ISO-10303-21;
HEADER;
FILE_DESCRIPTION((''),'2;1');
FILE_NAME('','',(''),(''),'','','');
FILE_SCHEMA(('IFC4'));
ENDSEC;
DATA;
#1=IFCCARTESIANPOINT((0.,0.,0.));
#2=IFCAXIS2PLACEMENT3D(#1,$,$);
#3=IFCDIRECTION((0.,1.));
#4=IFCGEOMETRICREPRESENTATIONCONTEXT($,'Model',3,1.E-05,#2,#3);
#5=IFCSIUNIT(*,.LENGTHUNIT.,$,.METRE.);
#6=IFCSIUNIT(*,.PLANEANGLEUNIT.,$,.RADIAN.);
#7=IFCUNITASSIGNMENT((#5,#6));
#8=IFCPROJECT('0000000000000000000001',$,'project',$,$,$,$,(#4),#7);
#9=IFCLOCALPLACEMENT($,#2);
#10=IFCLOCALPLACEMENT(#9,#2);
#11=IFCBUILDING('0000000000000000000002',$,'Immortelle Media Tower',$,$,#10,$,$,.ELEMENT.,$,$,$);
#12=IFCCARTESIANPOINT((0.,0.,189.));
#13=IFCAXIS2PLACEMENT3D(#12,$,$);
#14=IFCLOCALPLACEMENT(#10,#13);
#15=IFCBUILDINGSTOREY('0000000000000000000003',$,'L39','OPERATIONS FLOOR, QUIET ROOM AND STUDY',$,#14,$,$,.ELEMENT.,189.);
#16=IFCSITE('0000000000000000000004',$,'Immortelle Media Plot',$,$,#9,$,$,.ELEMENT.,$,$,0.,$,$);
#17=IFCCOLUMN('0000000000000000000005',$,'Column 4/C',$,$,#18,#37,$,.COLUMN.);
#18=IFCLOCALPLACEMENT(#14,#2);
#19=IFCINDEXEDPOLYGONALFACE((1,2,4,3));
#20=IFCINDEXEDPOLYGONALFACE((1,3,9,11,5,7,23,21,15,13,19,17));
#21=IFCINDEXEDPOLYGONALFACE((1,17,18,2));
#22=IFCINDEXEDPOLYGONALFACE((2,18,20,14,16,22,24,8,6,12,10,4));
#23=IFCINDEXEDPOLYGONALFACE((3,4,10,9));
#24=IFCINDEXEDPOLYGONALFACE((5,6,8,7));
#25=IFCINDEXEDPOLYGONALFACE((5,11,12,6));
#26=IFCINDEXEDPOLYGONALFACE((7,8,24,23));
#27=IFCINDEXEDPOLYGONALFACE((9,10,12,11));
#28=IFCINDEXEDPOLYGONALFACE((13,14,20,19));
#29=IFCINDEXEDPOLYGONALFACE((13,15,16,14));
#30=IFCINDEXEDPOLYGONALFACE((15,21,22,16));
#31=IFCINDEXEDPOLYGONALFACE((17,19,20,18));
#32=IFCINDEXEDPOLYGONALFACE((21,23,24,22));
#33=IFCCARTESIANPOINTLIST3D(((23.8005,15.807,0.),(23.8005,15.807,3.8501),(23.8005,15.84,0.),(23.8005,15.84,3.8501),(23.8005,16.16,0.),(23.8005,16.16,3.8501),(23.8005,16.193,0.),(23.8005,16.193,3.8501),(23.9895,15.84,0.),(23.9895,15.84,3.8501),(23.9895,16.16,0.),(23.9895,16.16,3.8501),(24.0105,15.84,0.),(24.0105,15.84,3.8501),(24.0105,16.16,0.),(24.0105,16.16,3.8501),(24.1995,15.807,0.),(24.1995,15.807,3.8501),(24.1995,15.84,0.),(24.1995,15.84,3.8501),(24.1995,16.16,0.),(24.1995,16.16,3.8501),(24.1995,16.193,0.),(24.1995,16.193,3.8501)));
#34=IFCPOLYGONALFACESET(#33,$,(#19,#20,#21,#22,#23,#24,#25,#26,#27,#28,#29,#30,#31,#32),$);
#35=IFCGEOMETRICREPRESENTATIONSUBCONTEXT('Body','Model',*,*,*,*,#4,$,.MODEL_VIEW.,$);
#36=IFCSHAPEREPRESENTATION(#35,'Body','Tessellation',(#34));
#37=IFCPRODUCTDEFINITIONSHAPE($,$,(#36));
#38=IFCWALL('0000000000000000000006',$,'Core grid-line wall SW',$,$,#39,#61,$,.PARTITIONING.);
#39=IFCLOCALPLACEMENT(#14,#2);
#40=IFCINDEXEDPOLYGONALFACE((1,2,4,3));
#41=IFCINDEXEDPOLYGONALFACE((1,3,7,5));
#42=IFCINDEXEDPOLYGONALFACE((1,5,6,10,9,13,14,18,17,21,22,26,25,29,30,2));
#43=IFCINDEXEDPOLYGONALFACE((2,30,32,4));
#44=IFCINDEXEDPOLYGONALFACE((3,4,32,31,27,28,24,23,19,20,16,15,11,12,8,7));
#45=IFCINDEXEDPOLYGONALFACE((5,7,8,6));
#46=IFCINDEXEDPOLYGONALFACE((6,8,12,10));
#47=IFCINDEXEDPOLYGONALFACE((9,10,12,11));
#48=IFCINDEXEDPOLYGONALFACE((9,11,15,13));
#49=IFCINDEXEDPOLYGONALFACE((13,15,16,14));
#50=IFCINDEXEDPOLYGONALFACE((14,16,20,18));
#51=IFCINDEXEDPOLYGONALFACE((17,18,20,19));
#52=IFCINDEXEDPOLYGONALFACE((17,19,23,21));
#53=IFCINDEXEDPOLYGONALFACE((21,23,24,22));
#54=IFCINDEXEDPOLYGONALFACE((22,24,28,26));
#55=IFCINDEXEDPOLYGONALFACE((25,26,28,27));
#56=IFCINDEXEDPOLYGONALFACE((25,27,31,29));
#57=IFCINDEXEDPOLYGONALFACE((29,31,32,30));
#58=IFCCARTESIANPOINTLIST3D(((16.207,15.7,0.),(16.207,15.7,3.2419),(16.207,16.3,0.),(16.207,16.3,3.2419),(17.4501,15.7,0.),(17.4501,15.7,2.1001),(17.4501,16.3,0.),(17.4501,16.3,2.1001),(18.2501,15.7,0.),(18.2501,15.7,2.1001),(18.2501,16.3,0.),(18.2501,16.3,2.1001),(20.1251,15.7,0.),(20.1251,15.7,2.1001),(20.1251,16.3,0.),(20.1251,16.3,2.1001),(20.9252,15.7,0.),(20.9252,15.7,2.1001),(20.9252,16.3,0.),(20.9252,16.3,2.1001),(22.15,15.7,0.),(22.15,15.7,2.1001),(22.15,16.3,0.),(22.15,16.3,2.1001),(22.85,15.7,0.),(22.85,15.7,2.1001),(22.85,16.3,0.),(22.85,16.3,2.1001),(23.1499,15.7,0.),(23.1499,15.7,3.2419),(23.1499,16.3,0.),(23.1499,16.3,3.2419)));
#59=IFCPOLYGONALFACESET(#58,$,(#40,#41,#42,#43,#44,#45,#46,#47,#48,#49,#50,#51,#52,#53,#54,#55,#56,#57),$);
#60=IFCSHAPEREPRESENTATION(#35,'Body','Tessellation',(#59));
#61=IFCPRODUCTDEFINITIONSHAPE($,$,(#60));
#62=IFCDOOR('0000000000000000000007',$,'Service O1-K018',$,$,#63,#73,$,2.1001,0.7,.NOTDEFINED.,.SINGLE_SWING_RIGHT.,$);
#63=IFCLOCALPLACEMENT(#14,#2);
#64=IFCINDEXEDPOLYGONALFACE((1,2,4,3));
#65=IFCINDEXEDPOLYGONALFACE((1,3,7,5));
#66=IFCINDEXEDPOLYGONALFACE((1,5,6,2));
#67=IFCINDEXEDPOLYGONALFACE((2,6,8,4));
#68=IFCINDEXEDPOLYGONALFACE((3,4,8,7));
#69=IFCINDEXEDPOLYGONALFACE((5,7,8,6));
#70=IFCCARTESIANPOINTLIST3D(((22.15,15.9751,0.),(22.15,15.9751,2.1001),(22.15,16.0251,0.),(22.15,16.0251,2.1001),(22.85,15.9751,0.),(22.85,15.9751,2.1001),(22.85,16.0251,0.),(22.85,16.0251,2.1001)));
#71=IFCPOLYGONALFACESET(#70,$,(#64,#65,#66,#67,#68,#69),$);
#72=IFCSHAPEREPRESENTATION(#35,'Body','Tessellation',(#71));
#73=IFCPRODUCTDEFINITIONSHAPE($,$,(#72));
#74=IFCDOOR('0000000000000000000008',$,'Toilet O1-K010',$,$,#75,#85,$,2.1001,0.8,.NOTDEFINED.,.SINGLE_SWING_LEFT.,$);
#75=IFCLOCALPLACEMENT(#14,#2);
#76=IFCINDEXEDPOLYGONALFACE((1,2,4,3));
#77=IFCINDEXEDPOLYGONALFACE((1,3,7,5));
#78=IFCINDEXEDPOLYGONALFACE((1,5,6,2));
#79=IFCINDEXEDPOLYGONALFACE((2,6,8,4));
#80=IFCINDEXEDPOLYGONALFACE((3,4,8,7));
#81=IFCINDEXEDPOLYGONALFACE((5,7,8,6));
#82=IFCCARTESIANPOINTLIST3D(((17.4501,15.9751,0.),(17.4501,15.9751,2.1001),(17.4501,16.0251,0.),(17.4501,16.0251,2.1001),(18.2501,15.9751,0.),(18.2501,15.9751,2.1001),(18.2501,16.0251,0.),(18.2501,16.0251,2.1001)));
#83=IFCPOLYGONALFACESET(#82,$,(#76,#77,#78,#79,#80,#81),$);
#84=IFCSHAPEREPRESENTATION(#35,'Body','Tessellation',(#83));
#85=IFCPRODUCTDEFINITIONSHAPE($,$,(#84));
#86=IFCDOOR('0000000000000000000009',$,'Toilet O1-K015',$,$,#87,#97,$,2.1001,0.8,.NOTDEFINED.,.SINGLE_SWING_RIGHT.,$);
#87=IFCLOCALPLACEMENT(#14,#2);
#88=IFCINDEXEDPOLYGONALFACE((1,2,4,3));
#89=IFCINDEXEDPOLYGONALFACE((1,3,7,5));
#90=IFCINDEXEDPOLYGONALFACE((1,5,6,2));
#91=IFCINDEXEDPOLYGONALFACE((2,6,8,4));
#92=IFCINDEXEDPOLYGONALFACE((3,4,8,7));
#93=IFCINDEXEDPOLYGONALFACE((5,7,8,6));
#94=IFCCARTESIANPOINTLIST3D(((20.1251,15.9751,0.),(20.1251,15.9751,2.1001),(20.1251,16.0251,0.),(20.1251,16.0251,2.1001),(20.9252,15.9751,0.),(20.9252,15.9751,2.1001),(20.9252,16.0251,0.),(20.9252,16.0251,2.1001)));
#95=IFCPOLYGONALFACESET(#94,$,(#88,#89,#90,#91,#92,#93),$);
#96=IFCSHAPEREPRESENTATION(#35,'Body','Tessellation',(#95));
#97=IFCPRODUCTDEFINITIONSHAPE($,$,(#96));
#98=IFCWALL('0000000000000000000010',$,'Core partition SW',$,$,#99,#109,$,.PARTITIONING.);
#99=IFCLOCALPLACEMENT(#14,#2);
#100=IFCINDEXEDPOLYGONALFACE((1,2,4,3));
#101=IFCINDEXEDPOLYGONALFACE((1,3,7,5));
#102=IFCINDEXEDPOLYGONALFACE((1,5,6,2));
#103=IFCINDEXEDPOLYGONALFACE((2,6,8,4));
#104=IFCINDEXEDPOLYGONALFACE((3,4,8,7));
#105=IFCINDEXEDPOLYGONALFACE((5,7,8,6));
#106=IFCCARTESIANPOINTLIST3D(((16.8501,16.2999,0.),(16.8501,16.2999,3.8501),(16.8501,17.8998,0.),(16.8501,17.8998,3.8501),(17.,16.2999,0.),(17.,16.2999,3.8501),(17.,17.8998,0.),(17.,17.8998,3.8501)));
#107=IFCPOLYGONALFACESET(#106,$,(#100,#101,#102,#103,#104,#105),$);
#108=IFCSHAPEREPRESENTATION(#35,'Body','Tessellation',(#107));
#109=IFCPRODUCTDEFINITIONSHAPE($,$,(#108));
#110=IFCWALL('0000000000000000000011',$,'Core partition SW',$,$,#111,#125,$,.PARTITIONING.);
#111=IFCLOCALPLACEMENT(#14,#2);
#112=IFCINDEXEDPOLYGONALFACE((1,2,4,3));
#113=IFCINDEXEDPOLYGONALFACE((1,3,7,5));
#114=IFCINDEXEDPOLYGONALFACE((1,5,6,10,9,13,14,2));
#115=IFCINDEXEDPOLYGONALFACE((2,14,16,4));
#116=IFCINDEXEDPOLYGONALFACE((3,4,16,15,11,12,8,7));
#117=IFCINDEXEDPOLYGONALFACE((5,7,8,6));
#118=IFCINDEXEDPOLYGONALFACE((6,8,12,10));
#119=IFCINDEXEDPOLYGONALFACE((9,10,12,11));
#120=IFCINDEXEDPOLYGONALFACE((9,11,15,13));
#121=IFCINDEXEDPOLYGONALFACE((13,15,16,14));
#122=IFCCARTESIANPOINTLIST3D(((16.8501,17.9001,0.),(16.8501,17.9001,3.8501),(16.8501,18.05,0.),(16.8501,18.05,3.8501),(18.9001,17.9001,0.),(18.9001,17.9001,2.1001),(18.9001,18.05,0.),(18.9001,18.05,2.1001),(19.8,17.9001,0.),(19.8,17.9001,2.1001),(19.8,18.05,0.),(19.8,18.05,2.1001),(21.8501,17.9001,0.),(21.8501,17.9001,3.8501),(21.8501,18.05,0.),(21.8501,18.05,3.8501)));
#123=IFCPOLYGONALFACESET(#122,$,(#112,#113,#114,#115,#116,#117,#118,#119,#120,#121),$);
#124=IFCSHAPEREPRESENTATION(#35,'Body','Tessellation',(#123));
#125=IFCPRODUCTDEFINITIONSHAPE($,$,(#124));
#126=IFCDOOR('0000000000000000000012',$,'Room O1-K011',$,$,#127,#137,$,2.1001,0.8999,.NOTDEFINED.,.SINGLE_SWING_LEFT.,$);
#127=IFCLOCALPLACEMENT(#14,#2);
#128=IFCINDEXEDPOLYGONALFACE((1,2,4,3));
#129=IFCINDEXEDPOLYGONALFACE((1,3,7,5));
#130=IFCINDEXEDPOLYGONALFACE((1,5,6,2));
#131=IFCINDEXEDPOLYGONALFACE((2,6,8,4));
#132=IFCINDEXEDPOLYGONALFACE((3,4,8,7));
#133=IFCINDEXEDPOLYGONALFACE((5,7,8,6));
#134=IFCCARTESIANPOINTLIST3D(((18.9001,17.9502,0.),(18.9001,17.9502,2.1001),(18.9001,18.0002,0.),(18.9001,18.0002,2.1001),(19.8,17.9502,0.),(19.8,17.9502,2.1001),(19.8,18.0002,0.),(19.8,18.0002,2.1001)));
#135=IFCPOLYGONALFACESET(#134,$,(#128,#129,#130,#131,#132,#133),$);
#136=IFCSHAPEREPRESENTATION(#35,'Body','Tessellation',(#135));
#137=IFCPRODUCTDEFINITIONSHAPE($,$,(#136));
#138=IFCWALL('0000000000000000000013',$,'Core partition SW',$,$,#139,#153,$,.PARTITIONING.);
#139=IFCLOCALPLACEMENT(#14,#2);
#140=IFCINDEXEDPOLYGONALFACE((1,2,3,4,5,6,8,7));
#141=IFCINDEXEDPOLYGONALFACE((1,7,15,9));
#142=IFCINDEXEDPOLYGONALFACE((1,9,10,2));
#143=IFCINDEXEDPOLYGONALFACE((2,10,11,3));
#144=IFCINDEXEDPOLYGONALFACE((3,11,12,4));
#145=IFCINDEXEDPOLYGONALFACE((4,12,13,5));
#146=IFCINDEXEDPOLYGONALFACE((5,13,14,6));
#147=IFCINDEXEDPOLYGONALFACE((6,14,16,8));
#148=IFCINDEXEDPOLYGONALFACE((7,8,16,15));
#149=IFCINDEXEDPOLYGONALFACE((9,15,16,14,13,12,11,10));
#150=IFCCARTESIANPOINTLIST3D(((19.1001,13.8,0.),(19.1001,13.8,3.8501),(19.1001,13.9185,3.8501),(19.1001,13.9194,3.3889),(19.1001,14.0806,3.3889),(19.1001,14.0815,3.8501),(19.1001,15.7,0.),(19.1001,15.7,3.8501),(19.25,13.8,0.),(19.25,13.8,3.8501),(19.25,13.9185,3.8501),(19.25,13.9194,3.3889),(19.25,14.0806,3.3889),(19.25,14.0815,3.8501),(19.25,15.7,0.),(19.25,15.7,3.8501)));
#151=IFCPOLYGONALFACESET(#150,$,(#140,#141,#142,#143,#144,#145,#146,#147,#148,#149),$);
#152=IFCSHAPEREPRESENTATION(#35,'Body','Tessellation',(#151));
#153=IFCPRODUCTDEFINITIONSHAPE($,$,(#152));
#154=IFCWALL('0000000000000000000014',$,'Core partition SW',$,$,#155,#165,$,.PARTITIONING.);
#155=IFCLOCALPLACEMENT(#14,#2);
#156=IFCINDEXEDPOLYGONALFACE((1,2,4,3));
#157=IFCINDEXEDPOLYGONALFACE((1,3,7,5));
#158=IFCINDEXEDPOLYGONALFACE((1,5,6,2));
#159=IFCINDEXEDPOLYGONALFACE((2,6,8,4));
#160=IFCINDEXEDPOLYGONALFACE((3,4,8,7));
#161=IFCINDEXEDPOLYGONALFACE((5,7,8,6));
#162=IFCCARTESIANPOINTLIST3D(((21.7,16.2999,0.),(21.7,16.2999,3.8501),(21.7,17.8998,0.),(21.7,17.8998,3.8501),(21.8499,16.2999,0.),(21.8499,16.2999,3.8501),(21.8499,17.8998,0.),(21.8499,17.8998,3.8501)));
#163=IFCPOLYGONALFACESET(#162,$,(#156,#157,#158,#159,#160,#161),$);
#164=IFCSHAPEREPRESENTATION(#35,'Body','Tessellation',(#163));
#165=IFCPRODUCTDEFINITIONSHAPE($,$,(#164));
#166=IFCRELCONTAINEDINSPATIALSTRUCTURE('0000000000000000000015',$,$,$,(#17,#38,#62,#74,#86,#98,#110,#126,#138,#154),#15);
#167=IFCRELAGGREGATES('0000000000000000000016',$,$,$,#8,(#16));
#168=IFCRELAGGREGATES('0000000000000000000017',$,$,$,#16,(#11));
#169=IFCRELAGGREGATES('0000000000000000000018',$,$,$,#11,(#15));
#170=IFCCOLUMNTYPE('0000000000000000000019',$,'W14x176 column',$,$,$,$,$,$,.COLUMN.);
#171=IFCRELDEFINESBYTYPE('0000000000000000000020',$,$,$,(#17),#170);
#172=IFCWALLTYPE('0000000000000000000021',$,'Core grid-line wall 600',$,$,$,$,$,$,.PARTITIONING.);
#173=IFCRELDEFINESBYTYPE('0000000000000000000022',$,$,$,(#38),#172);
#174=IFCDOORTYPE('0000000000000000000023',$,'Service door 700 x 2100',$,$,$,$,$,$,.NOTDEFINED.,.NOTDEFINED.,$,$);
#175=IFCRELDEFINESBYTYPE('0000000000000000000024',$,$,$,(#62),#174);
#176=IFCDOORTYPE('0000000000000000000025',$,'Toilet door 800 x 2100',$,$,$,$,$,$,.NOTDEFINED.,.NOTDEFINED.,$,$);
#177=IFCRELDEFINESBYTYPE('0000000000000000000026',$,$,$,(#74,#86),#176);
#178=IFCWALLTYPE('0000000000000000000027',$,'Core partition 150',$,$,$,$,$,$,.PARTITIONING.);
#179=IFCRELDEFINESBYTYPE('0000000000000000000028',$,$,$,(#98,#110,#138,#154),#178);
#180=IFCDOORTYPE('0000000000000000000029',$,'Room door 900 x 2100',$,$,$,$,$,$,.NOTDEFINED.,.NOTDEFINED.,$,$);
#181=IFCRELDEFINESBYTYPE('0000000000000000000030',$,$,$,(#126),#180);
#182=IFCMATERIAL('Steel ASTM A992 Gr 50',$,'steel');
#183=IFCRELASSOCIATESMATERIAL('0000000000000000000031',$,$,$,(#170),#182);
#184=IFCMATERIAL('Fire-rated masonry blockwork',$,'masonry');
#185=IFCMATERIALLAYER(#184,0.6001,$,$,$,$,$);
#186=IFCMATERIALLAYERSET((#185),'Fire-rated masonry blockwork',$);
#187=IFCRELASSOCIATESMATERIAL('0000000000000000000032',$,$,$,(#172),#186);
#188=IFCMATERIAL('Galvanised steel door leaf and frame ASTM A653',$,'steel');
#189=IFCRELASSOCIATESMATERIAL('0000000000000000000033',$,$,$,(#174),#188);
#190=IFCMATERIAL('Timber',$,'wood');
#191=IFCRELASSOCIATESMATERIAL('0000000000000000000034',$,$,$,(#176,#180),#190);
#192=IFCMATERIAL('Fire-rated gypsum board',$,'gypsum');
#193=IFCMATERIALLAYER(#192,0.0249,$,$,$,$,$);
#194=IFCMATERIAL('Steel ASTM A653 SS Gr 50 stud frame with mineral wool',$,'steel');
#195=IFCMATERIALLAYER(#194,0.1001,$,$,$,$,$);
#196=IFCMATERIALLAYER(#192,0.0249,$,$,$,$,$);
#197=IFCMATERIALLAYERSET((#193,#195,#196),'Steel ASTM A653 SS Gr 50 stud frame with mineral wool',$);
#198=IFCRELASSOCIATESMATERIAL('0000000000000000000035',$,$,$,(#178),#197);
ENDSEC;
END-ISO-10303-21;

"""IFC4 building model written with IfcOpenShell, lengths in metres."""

from ifc_helpers import new_model, si_unit, direction, frame, frame_2d, origin, origin_2d, place, context, subcontext, project, spatial, polyline, rectangle, i_section, outline, extrude, material, layer, layer_set, material_profile, profile_set, type_object, element, fill, save


model = new_model("IFC4")

# Units and contexts
model_context = context("Model", 3, precision=1e-05, world=origin(), true_north=direction((0.0, 1.0)))
body_context = subcontext(model_context, "Body", "Model", "MODEL_VIEW")
ifc_project = project(units=[si_unit("LENGTHUNIT", "METRE"), si_unit("PLANEANGLEUNIT", "RADIAN")], contexts=[model_context])

# Site, building, storey
site_placement = place(None, origin())
site = spatial("IfcSite", under=ifc_project, at=site_placement, Name="Immortelle Media Plot", CompositionType="ELEMENT", RefElevation=0.0)
building_placement = place(site_placement, origin())
building = spatial("IfcBuilding", under=site, at=building_placement, Name="Immortelle Media Tower", CompositionType="ELEMENT")
storey_placement = place(building_placement, frame((0.0, 0.0, 189.0)))
storey = spatial("IfcBuildingStorey", under=building, at=storey_placement, Name="L39", Description="OPERATIONS FLOOR, QUIET ROOM AND STUDY", CompositionType="ELEMENT", Elevation=189.0)

# Column
ifc_material_1 = material(Name="Steel ASTM A992 Gr 50", Category="steel")
ifc_material_profile = material_profile(ifc_material_1, i_section(OverallWidth=0.3989, OverallDepth=0.386, WebThickness=0.021, FlangeThickness=0.033, at=origin_2d()), Name="W14x176")
ifc_profile_set = profile_set([ifc_material_profile], Name="Steel ASTM A992 Gr 50")
column_type = type_object("IfcColumnType", Name="W14x176 column", PredefinedType="COLUMN", material=ifc_profile_set)
column_placement = place(storey_placement, frame((24.0, 16.0, 0.0), z_axis=(0.0, 0.0, 1.0), x_axis=(1.0, 0.0, 0.0)))
element("IfcColumn", 1, at=column_placement, inside=storey, type_object=column_type, Name="Column 4/C", PredefinedType="COLUMN", context=body_context, shape_type="SweptSolid", body=[
    extrude(i_section(OverallWidth=0.3989, OverallDepth=0.386, WebThickness=0.021, FlangeThickness=0.033, at=origin_2d()), origin(), (0.0, 0.0, 1.0), 3.8501),
])

# Wall, openings, doors
ifc_material_2 = material(Name="Fire-rated masonry blockwork", Category="masonry")
ifc_layer_1 = layer(ifc_material_2, 0.6001)
ifc_layer_set_1 = layer_set([ifc_layer_1], Name="Fire-rated masonry blockwork")
wall_type_1 = type_object("IfcWallType", Name="Core grid-line wall 600", PredefinedType="PARTITIONING", material=ifc_layer_set_1)
wall_1_placement = place(storey_placement, frame((16.207, 16.0, 0.0), z_axis=(0.0, 0.0, 1.0), x_axis=(1.0, 0.0, 0.0)))
wall_1 = element("IfcWall", 2, at=wall_1_placement, inside=storey, type_object=wall_type_1, Name="Core grid-line wall SW", PredefinedType="PARTITIONING", context=body_context, shape_type="SweptSolid", body=[
    extrude(rectangle(XDim=6.9429, YDim=0.6001, at=frame_2d((3.4714, 0.0))), origin(), (0.0, 0.0, 1.0), 3.2419),
])
opening_1_placement = place(wall_1_placement, frame((2.043, 0.0, 0.0), z_axis=(0.0, 0.0, 1.0), x_axis=(-1.0, 0.0, 0.0)))
opening_1 = element("IfcOpeningElement", 3, at=opening_1_placement, cuts=wall_1, PredefinedType="OPENING", context=body_context, shape_type="SweptSolid", body=[
    extrude(rectangle(XDim=0.8, YDim=2.1001, at=frame_2d((0.3999, 1.05))), frame((0.0, 0.3101, 0.0), z_axis=(0.0, -1.0, 0.0), x_axis=(1.0, 0.0, 0.0)), (0.0, 0.0, 1.0), 0.6201),
])
opening_2_placement = place(wall_1_placement, frame((4.718, 0.0, 0.0), z_axis=(0.0, 0.0, 1.0), x_axis=(-1.0, 0.0, 0.0)))
opening_2 = element("IfcOpeningElement", 4, at=opening_2_placement, cuts=wall_1, PredefinedType="OPENING", context=body_context, shape_type="SweptSolid", body=[
    extrude(rectangle(XDim=0.8, YDim=2.1001, at=frame_2d((0.3999, 1.05))), frame((0.0, 0.3101, 0.0), z_axis=(0.0, -1.0, 0.0), x_axis=(1.0, 0.0, 0.0)), (0.0, 0.0, 1.0), 0.6201),
])
opening_3_placement = place(wall_1_placement, frame((6.6431, 0.0, 0.0), z_axis=(0.0, 0.0, 1.0), x_axis=(-1.0, 0.0, 0.0)))
opening_3 = element("IfcOpeningElement", 5, at=opening_3_placement, cuts=wall_1, PredefinedType="OPENING", context=body_context, shape_type="SweptSolid", body=[
    extrude(rectangle(XDim=0.7, YDim=2.1001, at=frame_2d((0.3501, 1.05))), frame((0.0, 0.3101, 0.0), z_axis=(0.0, -1.0, 0.0), x_axis=(1.0, 0.0, 0.0)), (0.0, 0.0, 1.0), 0.6201),
])
ifc_material_3 = material(Name="Galvanised steel door leaf and frame ASTM A653", Category="steel")
door_type_1 = type_object("IfcDoorType", Name="Service door 700 x 2100", OperationType="NOTDEFINED", PredefinedType="NOTDEFINED", material=ifc_material_3)
door_1_placement = place(opening_3_placement, origin())
door_1 = element("IfcDoor", 6, at=door_1_placement, inside=storey, type_object=door_type_1, Name="Service O1-K018", OperationType="SINGLE_SWING_RIGHT", OverallHeight=2.1001, OverallWidth=0.7, PredefinedType="NOTDEFINED", context=body_context, shape_type="SweptSolid", body=[
    extrude(rectangle(XDim=0.7, YDim=2.1001, at=frame_2d((0.3501, 1.05))), frame((0.0, 0.0249, 0.0), z_axis=(0.0, -1.0, 0.0), x_axis=(1.0, 0.0, 0.0)), (0.0, 0.0, 1.0), 0.05),
])
fill(opening_3, door_1)
ifc_material_4 = material(Name="Timber", Category="wood")
door_type_2 = type_object("IfcDoorType", Name="Toilet door 800 x 2100", OperationType="NOTDEFINED", PredefinedType="NOTDEFINED", material=ifc_material_4)
door_2_placement = place(opening_1_placement, origin())
door_2 = element("IfcDoor", 7, at=door_2_placement, inside=storey, type_object=door_type_2, Name="Toilet O1-K010", OperationType="SINGLE_SWING_LEFT", OverallHeight=2.1001, OverallWidth=0.8, PredefinedType="NOTDEFINED", context=body_context, shape_type="SweptSolid", body=[
    extrude(rectangle(XDim=0.8, YDim=2.1001, at=frame_2d((0.3999, 1.05))), frame((0.0, 0.0249, 0.0), z_axis=(0.0, -1.0, 0.0), x_axis=(1.0, 0.0, 0.0)), (0.0, 0.0, 1.0), 0.05),
])
fill(opening_1, door_2)
door_3_placement = place(opening_2_placement, origin())
door_3 = element("IfcDoor", 8, at=door_3_placement, inside=storey, type_object=door_type_2, Name="Toilet O1-K015", OperationType="SINGLE_SWING_RIGHT", OverallHeight=2.1001, OverallWidth=0.8, PredefinedType="NOTDEFINED", context=body_context, shape_type="SweptSolid", body=[
    extrude(rectangle(XDim=0.8, YDim=2.1001, at=frame_2d((0.3999, 1.05))), frame((0.0, 0.0249, 0.0), z_axis=(0.0, -1.0, 0.0), x_axis=(1.0, 0.0, 0.0)), (0.0, 0.0, 1.0), 0.05),
])
fill(opening_2, door_3)

# Wall
ifc_material_5 = material(Name="Fire-rated gypsum board", Category="gypsum")
ifc_layer_2 = layer(ifc_material_5, 0.0249)
ifc_material_6 = material(Name="Steel ASTM A653 SS Gr 50 stud frame with mineral wool", Category="steel")
ifc_layer_3 = layer(ifc_material_6, 0.1001)
ifc_layer_4 = layer(ifc_material_5, 0.0249)
ifc_layer_set_2 = layer_set([ifc_layer_2, ifc_layer_3, ifc_layer_4], Name="Steel ASTM A653 SS Gr 50 stud frame with mineral wool")
wall_type_2 = type_object("IfcWallType", Name="Core partition 150", PredefinedType="PARTITIONING", material=ifc_layer_set_2)
wall_2_placement = place(storey_placement, frame((16.925, 16.3, 0.0), z_axis=(0.0, 0.0, 1.0), x_axis=(0.0, 1.0, 0.0)))
element("IfcWall", 9, at=wall_2_placement, inside=storey, type_object=wall_type_2, Name="Core partition SW", PredefinedType="PARTITIONING", context=body_context, shape_type="SweptSolid", body=[
    extrude(rectangle(XDim=1.5999, YDim=0.1499, at=frame_2d((0.7998, 0.0))), origin(), (0.0, 0.0, 1.0), 3.8501),
])

# Wall, opening, door
wall_3_placement = place(storey_placement, frame((16.8501, 17.9751, 0.0), z_axis=(0.0, 0.0, 1.0), x_axis=(1.0, 0.0, 0.0)))
wall_3 = element("IfcWall", 10, at=wall_3_placement, inside=storey, type_object=wall_type_2, Name="Core partition SW", PredefinedType="PARTITIONING", context=body_context, shape_type="SweptSolid", body=[
    extrude(rectangle(XDim=5.0, YDim=0.1499, at=frame_2d((2.5, 0.0))), origin(), (0.0, 0.0, 1.0), 3.8501),
])
opening_4_placement = place(wall_3_placement, frame((2.95, 0.0, 0.0), z_axis=(0.0, 0.0, 1.0), x_axis=(-1.0, 0.0, 0.0)))
opening_4 = element("IfcOpeningElement", 11, at=opening_4_placement, cuts=wall_3, PredefinedType="OPENING", context=body_context, shape_type="SweptSolid", body=[
    extrude(rectangle(XDim=0.8999, YDim=2.1001, at=frame_2d((0.45, 1.05))), frame((0.0, 0.085, 0.0), z_axis=(0.0, -1.0, 0.0), x_axis=(1.0, 0.0, 0.0)), (0.0, 0.0, 1.0), 0.1699),
])
door_type_3 = type_object("IfcDoorType", Name="Room door 900 x 2100", OperationType="NOTDEFINED", PredefinedType="NOTDEFINED", material=ifc_material_4)
door_4_placement = place(opening_4_placement, origin())
door_4 = element("IfcDoor", 12, at=door_4_placement, inside=storey, type_object=door_type_3, Name="Room O1-K011", OperationType="SINGLE_SWING_LEFT", OverallHeight=2.1001, OverallWidth=0.8999, PredefinedType="NOTDEFINED", context=body_context, shape_type="SweptSolid", body=[
    extrude(rectangle(XDim=0.8999, YDim=2.1001, at=frame_2d((0.45, 1.05))), frame((0.0, 0.0249, 0.0), z_axis=(0.0, -1.0, 0.0), x_axis=(1.0, 0.0, 0.0)), (0.0, 0.0, 1.0), 0.05),
])
fill(opening_4, door_4)

# Walls
wall_4_placement = place(storey_placement, frame((19.175, 13.8, 0.0), z_axis=(0.0, 0.0, 1.0), x_axis=(0.0, 1.0, 0.0)))
element("IfcWall", 13, at=wall_4_placement, inside=storey, type_object=wall_type_2, Name="Core partition SW", PredefinedType="PARTITIONING", context=body_context, shape_type="SweptSolid", body=[
    extrude(outline(polyline([(0.0, 0.0), (1.8999, 0.0), (1.8999, 3.8501), (0.2815, 3.8501), (0.2805, 3.3889), (0.1194, 3.3889), (0.1184, 3.8501), (0.0, 3.8501), (0.0, 0.0)])), frame((0.0, 0.075, 0.0), z_axis=(0.0, -1.0, 0.0), x_axis=(1.0, 0.0, 0.0)), (0.0, 0.0, 1.0), 0.1499),
])
wall_5_placement = place(storey_placement, frame((21.7749, 16.3, 0.0), z_axis=(0.0, 0.0, 1.0), x_axis=(0.0, 1.0, 0.0)))
element("IfcWall", 14, at=wall_5_placement, inside=storey, type_object=wall_type_2, Name="Core partition SW", PredefinedType="PARTITIONING", context=body_context, shape_type="SweptSolid", body=[
    extrude(rectangle(XDim=1.5999, YDim=0.1499, at=frame_2d((0.7998, 0.0))), origin(), (0.0, 0.0, 1.0), 3.8501),
])

save(model, "model.ifc")
